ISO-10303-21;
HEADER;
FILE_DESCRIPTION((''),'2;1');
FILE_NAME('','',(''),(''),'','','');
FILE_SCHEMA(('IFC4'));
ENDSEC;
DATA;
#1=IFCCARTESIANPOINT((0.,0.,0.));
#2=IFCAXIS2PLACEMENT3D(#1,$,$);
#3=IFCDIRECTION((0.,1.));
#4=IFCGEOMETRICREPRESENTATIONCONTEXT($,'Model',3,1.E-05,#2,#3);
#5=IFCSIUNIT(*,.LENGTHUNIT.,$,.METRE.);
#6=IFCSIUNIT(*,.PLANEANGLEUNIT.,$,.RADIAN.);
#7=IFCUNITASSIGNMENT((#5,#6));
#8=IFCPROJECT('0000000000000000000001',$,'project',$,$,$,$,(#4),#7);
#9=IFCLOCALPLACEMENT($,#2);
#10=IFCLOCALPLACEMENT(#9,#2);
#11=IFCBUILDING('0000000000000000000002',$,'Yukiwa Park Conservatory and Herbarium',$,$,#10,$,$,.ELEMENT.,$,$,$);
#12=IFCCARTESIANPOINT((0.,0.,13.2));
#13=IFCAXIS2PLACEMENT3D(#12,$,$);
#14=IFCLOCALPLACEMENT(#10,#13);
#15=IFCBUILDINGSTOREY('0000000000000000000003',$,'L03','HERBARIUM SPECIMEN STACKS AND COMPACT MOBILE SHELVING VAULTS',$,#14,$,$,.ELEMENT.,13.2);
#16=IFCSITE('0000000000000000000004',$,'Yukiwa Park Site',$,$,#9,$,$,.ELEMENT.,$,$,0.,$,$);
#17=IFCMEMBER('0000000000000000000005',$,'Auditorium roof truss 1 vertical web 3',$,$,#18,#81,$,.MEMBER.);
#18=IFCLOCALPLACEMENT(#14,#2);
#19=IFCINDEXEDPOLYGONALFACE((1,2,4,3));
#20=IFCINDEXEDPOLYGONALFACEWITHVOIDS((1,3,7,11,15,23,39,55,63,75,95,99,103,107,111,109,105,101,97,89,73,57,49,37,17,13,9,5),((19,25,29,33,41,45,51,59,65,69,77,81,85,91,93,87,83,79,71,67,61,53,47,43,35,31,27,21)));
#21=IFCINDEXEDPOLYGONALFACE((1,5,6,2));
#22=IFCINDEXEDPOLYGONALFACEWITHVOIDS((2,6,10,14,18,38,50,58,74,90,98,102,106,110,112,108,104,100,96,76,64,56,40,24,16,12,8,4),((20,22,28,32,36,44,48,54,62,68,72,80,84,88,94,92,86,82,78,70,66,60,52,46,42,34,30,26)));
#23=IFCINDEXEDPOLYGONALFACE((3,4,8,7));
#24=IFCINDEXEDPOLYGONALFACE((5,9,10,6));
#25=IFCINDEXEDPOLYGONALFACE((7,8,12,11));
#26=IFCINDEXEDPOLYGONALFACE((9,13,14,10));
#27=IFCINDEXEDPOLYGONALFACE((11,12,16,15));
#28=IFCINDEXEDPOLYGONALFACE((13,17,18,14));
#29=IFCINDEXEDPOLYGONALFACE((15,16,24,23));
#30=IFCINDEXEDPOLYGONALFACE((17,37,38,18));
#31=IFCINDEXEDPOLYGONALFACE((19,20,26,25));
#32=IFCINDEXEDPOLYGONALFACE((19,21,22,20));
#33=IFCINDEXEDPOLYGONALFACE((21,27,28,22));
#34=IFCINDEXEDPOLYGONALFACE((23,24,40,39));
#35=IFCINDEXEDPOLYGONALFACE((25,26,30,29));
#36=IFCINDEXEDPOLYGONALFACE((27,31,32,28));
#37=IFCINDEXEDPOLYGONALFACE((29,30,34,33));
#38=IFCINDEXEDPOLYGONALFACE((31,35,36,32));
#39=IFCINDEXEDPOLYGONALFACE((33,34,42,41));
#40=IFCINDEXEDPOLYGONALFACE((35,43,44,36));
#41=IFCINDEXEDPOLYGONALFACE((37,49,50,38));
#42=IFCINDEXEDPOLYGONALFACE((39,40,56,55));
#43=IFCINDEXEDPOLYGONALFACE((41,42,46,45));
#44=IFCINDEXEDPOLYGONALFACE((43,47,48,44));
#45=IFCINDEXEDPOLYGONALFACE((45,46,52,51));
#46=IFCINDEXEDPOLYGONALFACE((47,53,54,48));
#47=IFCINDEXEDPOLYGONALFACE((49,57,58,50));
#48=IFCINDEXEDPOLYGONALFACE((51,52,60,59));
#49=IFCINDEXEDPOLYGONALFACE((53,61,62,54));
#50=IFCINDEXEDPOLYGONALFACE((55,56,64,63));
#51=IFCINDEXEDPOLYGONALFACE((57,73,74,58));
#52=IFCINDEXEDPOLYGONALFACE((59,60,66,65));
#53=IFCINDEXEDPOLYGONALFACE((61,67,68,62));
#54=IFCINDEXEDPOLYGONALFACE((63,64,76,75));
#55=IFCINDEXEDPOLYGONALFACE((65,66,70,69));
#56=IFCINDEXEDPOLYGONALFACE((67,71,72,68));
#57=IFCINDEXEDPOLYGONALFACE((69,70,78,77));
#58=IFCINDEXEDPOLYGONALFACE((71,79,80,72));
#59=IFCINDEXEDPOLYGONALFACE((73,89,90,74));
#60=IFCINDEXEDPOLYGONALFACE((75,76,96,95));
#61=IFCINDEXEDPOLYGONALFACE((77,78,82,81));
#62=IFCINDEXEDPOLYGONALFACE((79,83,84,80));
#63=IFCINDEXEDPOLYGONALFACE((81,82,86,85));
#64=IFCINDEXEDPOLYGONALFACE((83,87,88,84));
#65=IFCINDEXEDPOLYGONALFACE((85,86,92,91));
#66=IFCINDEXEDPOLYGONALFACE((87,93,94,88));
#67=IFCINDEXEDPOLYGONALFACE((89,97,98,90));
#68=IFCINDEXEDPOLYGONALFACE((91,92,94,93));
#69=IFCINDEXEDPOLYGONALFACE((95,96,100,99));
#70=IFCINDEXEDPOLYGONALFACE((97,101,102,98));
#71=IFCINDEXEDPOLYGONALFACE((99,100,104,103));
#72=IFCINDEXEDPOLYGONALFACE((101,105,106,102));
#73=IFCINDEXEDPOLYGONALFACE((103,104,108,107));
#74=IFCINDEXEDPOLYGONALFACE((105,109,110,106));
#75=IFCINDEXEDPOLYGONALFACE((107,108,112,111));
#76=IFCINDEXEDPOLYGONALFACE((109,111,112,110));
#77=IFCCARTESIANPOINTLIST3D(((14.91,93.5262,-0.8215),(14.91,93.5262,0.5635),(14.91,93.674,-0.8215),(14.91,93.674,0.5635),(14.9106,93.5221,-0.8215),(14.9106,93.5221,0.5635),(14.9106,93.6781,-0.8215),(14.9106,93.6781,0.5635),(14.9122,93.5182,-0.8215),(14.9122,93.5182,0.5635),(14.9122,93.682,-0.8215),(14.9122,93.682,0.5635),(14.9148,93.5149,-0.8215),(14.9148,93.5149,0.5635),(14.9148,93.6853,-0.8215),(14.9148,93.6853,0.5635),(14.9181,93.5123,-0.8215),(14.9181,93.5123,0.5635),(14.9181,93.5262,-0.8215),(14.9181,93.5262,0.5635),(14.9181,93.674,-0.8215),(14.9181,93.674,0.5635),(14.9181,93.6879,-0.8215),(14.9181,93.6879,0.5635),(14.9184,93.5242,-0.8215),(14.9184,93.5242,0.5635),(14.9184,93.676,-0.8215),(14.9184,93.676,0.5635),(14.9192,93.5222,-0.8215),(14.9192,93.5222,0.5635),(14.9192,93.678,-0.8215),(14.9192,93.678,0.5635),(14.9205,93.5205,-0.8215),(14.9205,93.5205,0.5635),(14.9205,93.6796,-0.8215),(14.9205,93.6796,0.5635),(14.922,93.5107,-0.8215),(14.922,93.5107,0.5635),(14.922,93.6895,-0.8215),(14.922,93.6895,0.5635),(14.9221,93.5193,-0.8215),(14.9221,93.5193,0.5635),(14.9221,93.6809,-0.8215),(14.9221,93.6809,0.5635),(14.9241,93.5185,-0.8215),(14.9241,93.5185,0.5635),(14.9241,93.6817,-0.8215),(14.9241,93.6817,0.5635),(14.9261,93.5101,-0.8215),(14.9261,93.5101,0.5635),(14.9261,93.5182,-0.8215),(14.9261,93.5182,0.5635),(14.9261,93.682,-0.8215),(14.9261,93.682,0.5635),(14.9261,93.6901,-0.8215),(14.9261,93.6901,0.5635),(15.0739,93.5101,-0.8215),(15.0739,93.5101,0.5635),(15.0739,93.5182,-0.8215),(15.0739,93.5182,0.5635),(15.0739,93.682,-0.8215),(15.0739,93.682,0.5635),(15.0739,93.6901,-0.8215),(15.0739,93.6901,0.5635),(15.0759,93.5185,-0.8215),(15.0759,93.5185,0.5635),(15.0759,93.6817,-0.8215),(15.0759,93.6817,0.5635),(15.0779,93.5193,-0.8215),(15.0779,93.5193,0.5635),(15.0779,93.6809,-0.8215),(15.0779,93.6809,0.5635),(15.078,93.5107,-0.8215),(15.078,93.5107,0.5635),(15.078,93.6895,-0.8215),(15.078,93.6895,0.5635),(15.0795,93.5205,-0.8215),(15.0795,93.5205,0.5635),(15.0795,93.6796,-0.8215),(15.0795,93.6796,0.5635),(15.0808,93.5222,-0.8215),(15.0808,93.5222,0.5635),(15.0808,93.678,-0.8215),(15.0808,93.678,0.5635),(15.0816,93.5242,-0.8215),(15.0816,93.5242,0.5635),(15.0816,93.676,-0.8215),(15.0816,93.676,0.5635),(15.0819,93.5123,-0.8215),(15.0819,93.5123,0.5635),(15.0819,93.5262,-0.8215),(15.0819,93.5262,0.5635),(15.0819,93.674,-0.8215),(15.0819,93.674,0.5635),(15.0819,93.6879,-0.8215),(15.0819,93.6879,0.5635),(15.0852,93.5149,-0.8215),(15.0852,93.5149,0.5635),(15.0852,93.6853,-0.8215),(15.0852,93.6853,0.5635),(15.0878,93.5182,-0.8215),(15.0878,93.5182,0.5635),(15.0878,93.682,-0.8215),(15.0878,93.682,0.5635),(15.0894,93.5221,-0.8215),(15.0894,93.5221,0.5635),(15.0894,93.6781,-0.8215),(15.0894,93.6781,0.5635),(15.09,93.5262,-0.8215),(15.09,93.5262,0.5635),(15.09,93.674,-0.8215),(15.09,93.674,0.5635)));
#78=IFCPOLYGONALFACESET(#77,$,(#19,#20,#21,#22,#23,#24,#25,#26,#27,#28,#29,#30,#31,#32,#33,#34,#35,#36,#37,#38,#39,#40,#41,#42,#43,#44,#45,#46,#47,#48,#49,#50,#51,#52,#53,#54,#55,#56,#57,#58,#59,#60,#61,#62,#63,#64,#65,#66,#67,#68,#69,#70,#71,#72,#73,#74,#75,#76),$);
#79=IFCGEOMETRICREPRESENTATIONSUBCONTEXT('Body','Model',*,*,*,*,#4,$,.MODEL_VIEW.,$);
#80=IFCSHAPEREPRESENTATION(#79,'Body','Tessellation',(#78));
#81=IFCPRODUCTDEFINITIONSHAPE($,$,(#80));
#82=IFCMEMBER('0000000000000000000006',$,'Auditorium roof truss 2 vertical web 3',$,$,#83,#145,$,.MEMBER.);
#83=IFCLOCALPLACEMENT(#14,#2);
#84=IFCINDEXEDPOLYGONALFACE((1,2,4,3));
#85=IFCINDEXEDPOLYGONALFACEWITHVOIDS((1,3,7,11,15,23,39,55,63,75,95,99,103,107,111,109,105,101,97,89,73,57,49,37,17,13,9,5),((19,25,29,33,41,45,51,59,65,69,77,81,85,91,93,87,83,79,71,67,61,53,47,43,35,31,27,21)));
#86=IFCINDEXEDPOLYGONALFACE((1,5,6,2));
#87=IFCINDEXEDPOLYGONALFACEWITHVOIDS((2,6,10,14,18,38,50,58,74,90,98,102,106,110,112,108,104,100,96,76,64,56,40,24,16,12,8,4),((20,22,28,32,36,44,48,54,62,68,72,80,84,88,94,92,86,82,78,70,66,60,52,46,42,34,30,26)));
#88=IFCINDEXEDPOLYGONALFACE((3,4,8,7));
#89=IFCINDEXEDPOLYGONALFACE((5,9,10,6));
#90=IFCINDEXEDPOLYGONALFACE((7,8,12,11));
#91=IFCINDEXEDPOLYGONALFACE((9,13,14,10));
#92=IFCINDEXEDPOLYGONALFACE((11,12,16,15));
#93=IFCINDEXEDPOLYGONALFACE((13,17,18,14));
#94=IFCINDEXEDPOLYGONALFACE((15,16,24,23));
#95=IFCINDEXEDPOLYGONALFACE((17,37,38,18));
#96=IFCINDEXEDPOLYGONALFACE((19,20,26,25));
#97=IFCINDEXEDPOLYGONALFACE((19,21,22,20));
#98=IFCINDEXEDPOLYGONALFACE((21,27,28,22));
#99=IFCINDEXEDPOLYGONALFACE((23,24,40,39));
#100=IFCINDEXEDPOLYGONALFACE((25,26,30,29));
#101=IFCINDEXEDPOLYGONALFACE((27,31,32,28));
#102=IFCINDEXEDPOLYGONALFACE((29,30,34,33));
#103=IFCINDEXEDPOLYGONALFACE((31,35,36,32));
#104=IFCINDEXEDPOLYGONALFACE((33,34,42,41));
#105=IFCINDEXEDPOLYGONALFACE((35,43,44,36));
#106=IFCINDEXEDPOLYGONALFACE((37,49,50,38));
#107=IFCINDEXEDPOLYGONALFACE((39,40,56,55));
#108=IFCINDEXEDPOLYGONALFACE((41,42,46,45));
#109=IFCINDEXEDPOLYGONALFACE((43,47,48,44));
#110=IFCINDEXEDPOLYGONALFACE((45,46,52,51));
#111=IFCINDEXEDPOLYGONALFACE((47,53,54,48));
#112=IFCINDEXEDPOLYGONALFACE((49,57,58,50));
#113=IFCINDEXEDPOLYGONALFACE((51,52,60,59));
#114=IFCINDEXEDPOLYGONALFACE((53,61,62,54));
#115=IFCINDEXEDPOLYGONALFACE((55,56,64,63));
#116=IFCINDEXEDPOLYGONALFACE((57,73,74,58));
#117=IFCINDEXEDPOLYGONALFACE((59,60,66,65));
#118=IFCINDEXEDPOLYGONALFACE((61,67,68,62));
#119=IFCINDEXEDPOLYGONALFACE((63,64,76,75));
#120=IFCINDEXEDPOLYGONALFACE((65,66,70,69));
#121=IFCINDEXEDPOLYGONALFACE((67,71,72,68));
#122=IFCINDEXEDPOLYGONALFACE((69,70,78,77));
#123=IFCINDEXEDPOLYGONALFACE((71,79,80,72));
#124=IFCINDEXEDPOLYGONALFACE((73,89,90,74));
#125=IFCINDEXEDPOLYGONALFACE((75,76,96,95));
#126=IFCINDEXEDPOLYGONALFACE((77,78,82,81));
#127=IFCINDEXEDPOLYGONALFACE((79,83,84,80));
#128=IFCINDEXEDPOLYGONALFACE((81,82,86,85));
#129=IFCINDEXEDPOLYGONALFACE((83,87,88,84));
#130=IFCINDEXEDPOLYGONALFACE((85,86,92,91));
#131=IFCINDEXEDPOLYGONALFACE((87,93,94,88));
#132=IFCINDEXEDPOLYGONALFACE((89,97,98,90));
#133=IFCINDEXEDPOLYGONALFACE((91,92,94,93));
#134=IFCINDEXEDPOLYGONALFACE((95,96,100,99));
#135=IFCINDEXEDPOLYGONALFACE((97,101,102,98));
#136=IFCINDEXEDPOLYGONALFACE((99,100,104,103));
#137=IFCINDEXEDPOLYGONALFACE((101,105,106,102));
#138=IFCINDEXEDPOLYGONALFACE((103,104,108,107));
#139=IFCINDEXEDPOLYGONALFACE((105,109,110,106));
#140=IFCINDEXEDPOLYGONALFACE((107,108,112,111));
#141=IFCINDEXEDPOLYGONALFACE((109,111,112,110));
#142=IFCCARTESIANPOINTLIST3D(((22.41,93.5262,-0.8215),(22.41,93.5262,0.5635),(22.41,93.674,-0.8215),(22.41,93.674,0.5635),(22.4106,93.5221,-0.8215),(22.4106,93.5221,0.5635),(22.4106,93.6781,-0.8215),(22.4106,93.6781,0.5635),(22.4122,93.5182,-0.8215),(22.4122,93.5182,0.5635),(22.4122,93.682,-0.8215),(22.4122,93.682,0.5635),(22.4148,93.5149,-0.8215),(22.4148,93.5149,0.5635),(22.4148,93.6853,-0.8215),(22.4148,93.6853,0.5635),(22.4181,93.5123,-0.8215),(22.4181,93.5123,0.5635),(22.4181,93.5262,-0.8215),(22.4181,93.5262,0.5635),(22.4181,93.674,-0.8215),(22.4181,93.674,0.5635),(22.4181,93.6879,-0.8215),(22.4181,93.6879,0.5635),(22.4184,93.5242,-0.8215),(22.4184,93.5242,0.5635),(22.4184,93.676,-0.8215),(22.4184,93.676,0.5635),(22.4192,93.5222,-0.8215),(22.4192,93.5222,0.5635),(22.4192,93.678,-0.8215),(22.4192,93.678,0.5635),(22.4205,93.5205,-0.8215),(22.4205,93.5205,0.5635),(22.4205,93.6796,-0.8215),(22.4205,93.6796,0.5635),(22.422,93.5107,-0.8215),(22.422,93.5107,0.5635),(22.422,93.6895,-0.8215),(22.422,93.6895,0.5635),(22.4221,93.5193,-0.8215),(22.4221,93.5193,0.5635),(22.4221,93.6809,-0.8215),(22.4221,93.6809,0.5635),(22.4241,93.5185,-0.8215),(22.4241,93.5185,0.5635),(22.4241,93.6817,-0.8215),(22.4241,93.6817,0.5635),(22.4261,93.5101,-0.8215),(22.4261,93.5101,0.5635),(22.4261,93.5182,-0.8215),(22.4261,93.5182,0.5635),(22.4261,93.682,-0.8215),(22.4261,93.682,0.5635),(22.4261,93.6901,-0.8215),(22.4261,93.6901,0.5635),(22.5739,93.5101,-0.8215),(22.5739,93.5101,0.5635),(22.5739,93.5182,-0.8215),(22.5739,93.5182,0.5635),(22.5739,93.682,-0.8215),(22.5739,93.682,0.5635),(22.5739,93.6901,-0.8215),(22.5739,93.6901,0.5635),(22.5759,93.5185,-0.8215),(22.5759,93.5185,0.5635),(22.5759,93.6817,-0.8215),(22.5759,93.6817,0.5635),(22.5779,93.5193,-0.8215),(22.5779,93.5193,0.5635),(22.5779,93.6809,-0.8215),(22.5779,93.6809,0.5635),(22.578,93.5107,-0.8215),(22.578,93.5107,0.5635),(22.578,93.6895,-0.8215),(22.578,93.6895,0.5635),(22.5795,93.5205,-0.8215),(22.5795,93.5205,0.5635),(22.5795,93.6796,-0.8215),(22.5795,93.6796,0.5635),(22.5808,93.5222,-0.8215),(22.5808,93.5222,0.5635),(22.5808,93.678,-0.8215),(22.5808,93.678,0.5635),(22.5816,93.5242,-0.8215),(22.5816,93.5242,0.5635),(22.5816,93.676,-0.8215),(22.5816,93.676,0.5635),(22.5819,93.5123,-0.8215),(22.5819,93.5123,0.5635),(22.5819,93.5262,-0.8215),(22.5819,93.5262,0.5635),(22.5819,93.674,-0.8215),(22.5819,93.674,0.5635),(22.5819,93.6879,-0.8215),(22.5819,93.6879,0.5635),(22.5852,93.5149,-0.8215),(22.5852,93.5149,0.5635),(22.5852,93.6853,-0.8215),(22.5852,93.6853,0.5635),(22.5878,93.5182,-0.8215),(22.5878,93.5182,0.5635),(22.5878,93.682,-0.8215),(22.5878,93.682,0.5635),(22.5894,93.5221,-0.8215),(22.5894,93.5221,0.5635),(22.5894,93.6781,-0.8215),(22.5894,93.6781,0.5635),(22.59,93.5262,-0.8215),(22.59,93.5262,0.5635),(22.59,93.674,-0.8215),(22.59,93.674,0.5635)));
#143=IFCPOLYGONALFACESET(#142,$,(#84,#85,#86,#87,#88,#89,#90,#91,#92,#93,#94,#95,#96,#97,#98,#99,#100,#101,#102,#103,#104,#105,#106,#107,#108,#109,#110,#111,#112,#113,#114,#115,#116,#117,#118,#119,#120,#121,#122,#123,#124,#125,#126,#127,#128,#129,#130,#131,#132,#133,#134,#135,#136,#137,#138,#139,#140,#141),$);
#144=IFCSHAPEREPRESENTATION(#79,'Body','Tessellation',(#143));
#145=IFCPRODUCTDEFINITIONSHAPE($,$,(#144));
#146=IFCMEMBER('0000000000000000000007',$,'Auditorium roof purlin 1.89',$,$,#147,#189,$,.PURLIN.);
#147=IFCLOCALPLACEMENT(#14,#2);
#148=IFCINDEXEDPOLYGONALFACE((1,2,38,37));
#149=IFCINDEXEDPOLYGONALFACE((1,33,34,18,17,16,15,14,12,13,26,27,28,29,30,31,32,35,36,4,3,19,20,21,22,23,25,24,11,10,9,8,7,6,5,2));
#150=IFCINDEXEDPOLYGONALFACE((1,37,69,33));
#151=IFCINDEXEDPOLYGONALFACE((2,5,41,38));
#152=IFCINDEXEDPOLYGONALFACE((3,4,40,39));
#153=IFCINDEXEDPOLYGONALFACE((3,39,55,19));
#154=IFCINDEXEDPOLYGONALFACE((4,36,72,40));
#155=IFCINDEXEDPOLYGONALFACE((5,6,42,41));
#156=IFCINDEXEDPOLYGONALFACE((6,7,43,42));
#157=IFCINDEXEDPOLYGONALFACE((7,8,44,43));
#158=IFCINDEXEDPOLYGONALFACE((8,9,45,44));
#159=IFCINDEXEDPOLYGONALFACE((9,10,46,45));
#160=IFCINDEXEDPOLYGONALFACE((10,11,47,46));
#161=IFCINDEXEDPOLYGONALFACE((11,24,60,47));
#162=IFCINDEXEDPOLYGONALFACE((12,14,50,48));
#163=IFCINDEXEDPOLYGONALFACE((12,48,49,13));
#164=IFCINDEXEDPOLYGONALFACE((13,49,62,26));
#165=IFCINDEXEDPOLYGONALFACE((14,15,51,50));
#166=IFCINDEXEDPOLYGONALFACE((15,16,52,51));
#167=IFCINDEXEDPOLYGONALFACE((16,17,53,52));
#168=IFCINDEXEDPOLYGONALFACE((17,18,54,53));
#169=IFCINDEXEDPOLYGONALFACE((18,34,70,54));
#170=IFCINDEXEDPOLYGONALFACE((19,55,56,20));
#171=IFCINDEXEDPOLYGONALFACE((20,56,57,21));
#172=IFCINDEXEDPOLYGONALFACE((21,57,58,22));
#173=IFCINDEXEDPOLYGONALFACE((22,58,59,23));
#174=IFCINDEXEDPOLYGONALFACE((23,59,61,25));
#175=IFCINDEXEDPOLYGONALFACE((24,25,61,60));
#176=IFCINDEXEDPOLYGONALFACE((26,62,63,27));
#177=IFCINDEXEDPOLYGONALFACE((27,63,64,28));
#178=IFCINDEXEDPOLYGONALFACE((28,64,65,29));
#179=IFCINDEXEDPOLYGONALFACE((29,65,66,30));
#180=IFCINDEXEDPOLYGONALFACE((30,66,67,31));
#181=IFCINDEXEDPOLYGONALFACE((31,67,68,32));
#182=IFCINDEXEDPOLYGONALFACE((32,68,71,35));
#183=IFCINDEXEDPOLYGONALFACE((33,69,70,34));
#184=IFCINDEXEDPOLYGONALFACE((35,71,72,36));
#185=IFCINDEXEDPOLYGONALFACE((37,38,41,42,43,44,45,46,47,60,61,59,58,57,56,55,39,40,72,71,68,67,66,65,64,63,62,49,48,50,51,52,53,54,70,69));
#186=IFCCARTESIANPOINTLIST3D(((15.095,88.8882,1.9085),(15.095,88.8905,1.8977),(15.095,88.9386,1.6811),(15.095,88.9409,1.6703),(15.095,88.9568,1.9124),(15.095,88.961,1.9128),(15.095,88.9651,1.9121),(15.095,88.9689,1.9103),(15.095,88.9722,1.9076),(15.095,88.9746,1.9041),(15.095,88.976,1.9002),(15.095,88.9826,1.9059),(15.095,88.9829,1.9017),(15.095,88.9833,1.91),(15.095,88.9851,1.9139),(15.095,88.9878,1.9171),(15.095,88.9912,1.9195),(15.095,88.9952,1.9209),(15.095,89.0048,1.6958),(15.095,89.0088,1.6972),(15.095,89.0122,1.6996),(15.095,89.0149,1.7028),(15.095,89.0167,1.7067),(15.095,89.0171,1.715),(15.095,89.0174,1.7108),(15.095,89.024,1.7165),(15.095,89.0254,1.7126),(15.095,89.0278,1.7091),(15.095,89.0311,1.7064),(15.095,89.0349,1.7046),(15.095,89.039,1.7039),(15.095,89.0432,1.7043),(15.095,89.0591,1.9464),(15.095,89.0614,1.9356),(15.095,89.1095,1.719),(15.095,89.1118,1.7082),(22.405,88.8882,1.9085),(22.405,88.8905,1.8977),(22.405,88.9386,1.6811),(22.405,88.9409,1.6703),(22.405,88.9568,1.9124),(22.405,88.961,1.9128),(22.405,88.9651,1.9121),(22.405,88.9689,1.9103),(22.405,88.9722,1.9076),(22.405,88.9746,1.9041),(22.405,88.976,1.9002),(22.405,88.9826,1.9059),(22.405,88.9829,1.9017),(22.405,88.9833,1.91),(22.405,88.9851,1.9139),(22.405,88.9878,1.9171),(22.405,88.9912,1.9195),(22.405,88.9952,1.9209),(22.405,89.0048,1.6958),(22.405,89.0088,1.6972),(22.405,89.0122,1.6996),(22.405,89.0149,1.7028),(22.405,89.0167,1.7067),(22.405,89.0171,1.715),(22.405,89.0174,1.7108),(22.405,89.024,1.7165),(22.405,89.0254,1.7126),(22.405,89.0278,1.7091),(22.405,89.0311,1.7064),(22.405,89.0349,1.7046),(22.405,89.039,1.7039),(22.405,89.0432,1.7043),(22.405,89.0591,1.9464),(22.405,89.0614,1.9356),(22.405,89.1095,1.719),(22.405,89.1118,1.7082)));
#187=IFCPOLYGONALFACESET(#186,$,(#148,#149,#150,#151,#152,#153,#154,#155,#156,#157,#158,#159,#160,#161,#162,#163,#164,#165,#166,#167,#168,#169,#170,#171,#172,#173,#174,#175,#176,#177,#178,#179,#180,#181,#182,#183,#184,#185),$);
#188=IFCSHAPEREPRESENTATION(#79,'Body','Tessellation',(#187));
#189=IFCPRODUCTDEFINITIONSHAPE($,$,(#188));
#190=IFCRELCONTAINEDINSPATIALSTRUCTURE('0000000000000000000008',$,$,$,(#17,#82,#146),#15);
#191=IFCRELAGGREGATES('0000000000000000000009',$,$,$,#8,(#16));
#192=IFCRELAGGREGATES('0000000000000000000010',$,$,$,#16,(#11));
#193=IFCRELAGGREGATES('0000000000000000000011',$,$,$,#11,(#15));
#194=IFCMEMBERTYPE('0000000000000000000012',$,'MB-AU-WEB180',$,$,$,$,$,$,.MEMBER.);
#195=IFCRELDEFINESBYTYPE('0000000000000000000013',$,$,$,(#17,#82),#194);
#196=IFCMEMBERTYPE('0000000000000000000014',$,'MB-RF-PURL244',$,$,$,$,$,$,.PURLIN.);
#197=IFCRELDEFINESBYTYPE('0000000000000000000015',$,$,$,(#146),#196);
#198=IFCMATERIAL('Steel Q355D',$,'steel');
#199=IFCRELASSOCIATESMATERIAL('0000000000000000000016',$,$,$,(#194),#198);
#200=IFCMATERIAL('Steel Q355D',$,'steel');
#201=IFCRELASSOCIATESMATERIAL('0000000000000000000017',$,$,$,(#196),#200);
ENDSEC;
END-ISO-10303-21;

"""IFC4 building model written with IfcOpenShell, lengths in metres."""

from ifc_helpers import new_model, si_unit, direction, frame, origin, origin_2d, place, context, subcontext, project, spatial, hollow_rectangle, i_section, extrude, material, material_profile, profile_set, type_object, element, save


model = new_model("IFC4")

# Units and contexts
model_context = context("Model", 3, precision=1e-05, world=origin(), true_north=direction((0.0, 1.0)))
body_context = subcontext(model_context, "Body", "Model", "MODEL_VIEW")
ifc_project = project(units=[si_unit("LENGTHUNIT", "METRE"), si_unit("PLANEANGLEUNIT", "RADIAN")], contexts=[model_context])

# Site, building, storey
site_placement = place(None, origin())
site = spatial("IfcSite", under=ifc_project, at=site_placement, Name="Yukiwa Park Site", CompositionType="ELEMENT", RefElevation=0.0)
building_placement = place(site_placement, origin())
building = spatial("IfcBuilding", under=site, at=building_placement, Name="Yukiwa Park Conservatory and Herbarium", CompositionType="ELEMENT")
storey_placement = place(building_placement, frame((0.0, 0.0, 13.2)))
storey = spatial("IfcBuildingStorey", under=building, at=storey_placement, Name="L03", Description="HERBARIUM SPECIMEN STACKS AND COMPACT MOBILE SHELVING VAULTS", CompositionType="ELEMENT", Elevation=13.2)

# Members
ifc_material_1 = material(Name="Steel Q355D", Category="steel")
ifc_material_profile_1 = material_profile(ifc_material_1, hollow_rectangle(XDim=0.1799, YDim=0.1799, WallThickness=0.0081, InnerFilletRadius=0.0081, OuterFilletRadius=0.0161, at=origin_2d()), Name="SHS 180x180x8")
ifc_profile_set_1 = profile_set([ifc_material_profile_1], Name="Steel Q355D")
member_type_1 = type_object("IfcMemberType", Name="MB-AU-WEB180", PredefinedType="MEMBER", material=ifc_profile_set_1)
for number, where, z_axis, x_axis, name in (
    (1, (15.0, 93.6001, -0.8215), (0.0, 0.0, 1.0), (1.0, 0.0, 0.0), "Auditorium roof truss 1 vertical web 3"),
    (2, (22.5, 93.6001, -0.8215), (0.0, 0.0, 1.0), (1.0, 0.0, 0.0), "Auditorium roof truss 2 vertical web 3"),
):
    element("IfcMember", number, at=place(storey_placement, frame(where, z_axis=z_axis, x_axis=x_axis)), inside=storey, type_object=member_type_1, Name=name, PredefinedType="MEMBER", context=body_context, shape_type="SweptSolid", body=[
        extrude(hollow_rectangle(XDim=0.1799, YDim=0.1799, WallThickness=0.0081, InnerFilletRadius=0.0081, OuterFilletRadius=0.0161, at=origin_2d()), origin(), (0.0, 0.0, 1.0), 1.385),
    ])
ifc_material_2 = material(Name="Steel Q355D", Category="steel")
ifc_material_profile_2 = material_profile(ifc_material_2, i_section(OverallWidth=0.175, OverallDepth=0.2439, WebThickness=0.0071, FlangeThickness=0.011, FilletRadius=0.0161, at=origin_2d()), Name="HM 244x175x7x11")
ifc_profile_set_2 = profile_set([ifc_material_profile_2], Name="Steel Q355D")
member_type_2 = type_object("IfcMemberType", Name="MB-RF-PURL244", PredefinedType="PURLIN", material=ifc_profile_set_2)
for number, where, z_axis, x_axis, name in (
    (3, (15.095, 89.0, 1.8083), (1.0, 0.0, 0.0), (0.0, 0.976296, 0.21644), "Auditorium roof purlin 1.89"),
):
    element("IfcMember", number, at=place(storey_placement, frame(where, z_axis=z_axis, x_axis=x_axis)), inside=storey, type_object=member_type_2, Name=name, PredefinedType="PURLIN", context=body_context, shape_type="SweptSolid", body=[
        extrude(i_section(OverallWidth=0.175, OverallDepth=0.2439, WebThickness=0.0071, FlangeThickness=0.011, FilletRadius=0.0161, at=origin_2d()), origin(), (0.0, 0.0, 1.0), 7.3101),
    ])

save(model, "model.ifc")
